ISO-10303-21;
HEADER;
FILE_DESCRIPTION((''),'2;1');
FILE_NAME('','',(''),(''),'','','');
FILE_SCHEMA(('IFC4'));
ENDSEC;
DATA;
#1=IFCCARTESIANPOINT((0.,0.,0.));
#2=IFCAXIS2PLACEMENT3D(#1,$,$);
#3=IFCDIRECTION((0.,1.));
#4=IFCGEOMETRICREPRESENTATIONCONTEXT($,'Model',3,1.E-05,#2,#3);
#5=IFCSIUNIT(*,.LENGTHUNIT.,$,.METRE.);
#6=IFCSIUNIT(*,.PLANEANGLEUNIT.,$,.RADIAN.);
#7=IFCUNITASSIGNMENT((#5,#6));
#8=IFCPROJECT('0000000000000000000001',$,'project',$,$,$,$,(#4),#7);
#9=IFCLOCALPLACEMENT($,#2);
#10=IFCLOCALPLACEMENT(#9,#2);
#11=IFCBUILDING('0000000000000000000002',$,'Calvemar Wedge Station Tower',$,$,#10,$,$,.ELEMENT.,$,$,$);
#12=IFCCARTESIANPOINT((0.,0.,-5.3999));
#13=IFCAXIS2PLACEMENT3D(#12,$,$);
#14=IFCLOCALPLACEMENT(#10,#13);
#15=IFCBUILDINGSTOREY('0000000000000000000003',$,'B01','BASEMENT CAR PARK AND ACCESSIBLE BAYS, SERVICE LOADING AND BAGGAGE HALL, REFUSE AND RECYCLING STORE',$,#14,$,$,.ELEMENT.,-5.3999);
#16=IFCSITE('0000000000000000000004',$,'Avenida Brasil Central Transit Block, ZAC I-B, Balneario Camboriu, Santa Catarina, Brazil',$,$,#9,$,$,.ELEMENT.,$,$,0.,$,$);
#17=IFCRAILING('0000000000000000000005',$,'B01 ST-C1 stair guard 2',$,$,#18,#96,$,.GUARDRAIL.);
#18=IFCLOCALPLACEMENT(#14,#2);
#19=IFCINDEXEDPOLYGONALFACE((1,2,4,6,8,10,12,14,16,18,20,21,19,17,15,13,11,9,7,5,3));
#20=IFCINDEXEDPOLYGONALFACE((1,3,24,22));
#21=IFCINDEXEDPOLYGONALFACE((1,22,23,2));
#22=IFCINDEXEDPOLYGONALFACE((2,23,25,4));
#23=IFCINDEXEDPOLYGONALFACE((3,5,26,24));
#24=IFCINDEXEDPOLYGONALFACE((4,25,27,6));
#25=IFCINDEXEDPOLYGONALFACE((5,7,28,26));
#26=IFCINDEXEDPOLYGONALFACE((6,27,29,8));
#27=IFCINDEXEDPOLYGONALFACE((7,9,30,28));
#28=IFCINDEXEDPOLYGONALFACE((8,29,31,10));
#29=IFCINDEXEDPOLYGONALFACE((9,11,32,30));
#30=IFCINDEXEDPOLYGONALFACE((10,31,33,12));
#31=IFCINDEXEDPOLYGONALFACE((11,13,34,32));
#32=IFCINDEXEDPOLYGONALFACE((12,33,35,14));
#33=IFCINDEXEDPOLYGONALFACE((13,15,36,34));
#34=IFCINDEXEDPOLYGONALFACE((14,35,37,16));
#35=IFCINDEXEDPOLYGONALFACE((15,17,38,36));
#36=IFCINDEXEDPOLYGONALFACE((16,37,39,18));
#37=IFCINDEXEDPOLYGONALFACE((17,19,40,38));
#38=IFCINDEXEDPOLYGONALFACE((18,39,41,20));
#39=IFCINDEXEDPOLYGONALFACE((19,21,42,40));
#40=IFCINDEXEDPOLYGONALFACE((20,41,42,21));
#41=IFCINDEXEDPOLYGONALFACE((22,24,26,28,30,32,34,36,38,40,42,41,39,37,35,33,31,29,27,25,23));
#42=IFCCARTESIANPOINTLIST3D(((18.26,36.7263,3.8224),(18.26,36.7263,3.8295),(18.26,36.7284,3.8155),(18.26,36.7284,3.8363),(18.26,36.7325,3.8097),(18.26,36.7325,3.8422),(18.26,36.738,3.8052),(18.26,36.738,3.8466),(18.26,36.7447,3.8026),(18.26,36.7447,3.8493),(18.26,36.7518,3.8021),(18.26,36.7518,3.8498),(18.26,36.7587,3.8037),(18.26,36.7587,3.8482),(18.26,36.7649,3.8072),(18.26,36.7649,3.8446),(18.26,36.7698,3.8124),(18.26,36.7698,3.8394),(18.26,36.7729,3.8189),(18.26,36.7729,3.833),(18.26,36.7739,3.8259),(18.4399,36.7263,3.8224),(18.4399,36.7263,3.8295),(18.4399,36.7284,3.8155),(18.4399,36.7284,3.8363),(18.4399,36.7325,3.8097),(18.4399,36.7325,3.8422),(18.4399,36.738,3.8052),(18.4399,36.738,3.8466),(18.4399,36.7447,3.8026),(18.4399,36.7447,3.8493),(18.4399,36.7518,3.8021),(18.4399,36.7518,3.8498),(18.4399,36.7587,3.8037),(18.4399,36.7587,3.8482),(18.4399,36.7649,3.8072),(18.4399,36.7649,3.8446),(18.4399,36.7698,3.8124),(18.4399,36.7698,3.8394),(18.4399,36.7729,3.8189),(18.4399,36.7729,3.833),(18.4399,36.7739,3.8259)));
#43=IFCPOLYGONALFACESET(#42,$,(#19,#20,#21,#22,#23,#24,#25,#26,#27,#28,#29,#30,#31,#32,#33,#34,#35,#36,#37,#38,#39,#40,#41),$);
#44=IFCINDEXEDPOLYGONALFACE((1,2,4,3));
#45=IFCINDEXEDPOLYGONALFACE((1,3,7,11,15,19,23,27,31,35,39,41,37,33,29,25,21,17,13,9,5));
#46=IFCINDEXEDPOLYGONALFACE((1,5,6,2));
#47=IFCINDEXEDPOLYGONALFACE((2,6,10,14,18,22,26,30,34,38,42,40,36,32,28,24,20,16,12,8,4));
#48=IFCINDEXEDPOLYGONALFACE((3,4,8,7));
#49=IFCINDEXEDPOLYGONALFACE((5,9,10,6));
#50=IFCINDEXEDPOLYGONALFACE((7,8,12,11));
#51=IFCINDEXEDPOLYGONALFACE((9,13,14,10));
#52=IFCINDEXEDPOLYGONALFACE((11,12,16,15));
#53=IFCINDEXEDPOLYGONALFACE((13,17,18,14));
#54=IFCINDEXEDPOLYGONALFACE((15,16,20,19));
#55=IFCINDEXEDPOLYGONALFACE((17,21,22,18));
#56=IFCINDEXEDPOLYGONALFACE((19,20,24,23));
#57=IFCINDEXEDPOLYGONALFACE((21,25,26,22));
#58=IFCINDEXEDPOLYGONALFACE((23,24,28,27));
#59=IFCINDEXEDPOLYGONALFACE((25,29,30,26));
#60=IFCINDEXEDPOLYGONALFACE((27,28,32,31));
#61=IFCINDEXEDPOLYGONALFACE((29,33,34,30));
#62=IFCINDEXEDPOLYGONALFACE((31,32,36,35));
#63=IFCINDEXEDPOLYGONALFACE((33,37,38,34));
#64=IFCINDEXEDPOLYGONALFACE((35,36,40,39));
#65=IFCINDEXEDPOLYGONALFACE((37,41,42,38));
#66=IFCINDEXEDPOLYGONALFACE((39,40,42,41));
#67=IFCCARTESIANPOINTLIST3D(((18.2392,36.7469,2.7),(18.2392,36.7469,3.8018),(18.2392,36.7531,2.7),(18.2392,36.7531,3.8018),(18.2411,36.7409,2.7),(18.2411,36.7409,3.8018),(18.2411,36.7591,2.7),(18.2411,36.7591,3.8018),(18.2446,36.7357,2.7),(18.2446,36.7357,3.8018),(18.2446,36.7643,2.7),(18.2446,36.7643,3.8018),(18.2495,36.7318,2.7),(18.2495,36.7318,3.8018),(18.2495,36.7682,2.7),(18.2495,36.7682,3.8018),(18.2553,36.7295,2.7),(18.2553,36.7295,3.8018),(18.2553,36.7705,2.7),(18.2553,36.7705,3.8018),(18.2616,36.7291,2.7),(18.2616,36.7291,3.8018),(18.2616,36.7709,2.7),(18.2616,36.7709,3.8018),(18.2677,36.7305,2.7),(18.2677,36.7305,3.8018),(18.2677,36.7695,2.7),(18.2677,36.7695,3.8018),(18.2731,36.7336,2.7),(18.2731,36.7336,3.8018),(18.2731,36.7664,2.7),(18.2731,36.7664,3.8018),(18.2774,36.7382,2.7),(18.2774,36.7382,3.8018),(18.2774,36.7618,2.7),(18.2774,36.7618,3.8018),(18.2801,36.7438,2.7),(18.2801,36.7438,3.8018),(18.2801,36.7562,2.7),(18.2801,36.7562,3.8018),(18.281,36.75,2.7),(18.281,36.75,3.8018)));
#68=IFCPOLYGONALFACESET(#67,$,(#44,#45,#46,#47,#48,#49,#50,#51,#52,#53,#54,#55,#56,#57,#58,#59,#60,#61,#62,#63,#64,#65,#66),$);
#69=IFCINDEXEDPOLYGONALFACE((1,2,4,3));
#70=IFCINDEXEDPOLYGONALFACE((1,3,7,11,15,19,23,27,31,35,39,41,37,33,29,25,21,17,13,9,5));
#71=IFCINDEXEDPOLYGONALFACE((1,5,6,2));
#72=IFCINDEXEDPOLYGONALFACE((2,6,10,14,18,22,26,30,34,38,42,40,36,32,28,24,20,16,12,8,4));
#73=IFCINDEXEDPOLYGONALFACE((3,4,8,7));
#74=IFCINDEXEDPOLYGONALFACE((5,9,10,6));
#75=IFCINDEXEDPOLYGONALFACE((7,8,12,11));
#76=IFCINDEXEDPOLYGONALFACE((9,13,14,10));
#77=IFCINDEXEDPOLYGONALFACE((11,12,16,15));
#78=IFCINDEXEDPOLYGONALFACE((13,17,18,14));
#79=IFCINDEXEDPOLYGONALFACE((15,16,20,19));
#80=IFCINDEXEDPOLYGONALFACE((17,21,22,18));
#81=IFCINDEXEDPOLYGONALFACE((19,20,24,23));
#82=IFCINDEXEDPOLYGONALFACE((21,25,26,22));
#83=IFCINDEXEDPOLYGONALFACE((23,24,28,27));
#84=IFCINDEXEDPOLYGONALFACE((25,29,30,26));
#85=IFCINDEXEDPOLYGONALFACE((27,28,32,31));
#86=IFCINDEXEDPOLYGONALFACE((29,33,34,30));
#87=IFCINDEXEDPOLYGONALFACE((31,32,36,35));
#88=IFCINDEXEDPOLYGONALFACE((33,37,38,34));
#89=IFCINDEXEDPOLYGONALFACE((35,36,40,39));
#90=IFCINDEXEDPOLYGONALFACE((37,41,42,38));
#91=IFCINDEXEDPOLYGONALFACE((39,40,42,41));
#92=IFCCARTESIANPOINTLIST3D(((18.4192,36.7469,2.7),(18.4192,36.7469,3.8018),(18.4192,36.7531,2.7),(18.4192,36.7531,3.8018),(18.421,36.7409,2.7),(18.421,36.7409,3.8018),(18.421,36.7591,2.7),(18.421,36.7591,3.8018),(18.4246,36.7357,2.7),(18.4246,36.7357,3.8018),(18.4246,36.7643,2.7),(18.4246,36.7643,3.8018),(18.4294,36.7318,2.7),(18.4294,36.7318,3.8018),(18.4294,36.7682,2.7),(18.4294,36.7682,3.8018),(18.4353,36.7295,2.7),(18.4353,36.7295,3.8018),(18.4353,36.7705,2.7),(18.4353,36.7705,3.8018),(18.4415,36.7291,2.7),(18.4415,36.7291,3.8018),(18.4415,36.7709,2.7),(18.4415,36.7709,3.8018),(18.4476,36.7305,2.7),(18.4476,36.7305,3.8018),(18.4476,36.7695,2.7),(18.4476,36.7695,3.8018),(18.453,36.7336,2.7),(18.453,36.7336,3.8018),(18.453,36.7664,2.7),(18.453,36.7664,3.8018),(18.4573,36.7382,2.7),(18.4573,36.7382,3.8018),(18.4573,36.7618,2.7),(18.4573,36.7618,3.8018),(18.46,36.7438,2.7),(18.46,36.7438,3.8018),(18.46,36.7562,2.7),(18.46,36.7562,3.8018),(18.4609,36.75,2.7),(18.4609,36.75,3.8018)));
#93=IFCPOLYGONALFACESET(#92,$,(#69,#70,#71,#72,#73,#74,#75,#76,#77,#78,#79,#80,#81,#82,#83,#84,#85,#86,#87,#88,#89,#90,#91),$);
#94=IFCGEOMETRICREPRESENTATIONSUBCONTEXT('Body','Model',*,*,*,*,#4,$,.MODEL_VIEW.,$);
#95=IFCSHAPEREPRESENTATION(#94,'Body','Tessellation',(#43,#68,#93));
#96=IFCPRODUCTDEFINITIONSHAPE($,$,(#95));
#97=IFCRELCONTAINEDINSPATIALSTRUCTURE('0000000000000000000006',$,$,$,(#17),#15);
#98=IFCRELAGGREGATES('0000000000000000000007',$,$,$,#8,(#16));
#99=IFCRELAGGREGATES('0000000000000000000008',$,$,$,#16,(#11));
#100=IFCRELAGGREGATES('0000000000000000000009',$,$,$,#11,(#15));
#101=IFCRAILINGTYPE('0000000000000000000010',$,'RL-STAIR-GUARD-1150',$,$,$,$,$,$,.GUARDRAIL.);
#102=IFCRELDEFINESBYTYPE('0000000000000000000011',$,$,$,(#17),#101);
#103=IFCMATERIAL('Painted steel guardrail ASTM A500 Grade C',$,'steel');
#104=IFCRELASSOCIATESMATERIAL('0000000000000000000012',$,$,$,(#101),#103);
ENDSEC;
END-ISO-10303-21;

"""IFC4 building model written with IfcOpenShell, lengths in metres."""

from ifc_helpers import new_model, si_unit, direction, frame, origin, origin_2d, place, context, subcontext, project, spatial, circle, extrude, material, type_object, element, save


model = new_model("IFC4")

# Units and contexts
model_context = context("Model", 3, precision=1e-05, world=origin(), true_north=direction((0.0, 1.0)))
body_context = subcontext(model_context, "Body", "Model", "MODEL_VIEW")
ifc_project = project(units=[si_unit("LENGTHUNIT", "METRE"), si_unit("PLANEANGLEUNIT", "RADIAN")], contexts=[model_context])

# Site, building, storey
site_placement = place(None, origin())
site = spatial("IfcSite", under=ifc_project, at=site_placement, Name="Avenida Brasil Central Transit Block, ZAC I-B, Balneario Camboriu, Santa Catarina, Brazil", CompositionType="ELEMENT", RefElevation=0.0)
building_placement = place(site_placement, origin())
building = spatial("IfcBuilding", under=site, at=building_placement, Name="Calvemar Wedge Station Tower", CompositionType="ELEMENT")
storey_placement = place(building_placement, frame((0.0, 0.0, -5.3999)))
storey = spatial("IfcBuildingStorey", under=building, at=storey_placement, Name="B01", Description="BASEMENT CAR PARK AND ACCESSIBLE BAYS, SERVICE LOADING AND BAGGAGE HALL, REFUSE AND RECYCLING STORE", CompositionType="ELEMENT", Elevation=-5.3999)

# Railing
ifc_material_1 = material(Name="Painted steel guardrail ASTM A500 Grade C", Category="steel")
railing_type_1 = type_object("IfcRailingType", Name="RL-STAIR-GUARD-1150", PredefinedType="GUARDRAIL", material=ifc_material_1)
railing_1_placement = place(storey_placement, frame((18.26, 36.75, 2.7)))
element("IfcRailing", 1, at=railing_1_placement, inside=storey, type_object=railing_type_1, Name="B01 ST-C1 stair guard 2", PredefinedType="GUARDRAIL", context=body_context, shape_type="SweptSolid", body=[
    extrude(circle(Radius=0.0239, at=origin_2d()), frame((0.0, 0.0, 1.126), z_axis=(1.0, 0.0, 0.0), x_axis=(0.0, 1.0, 0.0)), (0.0, 0.0, 1.0), 0.1799),
    extrude(circle(Radius=0.021, at=origin_2d()), origin(), (0.0, 0.0, 1.0), 1.1018),
    extrude(circle(Radius=0.021, at=origin_2d()), frame((0.1799, 0.0, 0.0)), (0.0, 0.0, 1.0), 1.1018),
])

save(model, "model.ifc")
